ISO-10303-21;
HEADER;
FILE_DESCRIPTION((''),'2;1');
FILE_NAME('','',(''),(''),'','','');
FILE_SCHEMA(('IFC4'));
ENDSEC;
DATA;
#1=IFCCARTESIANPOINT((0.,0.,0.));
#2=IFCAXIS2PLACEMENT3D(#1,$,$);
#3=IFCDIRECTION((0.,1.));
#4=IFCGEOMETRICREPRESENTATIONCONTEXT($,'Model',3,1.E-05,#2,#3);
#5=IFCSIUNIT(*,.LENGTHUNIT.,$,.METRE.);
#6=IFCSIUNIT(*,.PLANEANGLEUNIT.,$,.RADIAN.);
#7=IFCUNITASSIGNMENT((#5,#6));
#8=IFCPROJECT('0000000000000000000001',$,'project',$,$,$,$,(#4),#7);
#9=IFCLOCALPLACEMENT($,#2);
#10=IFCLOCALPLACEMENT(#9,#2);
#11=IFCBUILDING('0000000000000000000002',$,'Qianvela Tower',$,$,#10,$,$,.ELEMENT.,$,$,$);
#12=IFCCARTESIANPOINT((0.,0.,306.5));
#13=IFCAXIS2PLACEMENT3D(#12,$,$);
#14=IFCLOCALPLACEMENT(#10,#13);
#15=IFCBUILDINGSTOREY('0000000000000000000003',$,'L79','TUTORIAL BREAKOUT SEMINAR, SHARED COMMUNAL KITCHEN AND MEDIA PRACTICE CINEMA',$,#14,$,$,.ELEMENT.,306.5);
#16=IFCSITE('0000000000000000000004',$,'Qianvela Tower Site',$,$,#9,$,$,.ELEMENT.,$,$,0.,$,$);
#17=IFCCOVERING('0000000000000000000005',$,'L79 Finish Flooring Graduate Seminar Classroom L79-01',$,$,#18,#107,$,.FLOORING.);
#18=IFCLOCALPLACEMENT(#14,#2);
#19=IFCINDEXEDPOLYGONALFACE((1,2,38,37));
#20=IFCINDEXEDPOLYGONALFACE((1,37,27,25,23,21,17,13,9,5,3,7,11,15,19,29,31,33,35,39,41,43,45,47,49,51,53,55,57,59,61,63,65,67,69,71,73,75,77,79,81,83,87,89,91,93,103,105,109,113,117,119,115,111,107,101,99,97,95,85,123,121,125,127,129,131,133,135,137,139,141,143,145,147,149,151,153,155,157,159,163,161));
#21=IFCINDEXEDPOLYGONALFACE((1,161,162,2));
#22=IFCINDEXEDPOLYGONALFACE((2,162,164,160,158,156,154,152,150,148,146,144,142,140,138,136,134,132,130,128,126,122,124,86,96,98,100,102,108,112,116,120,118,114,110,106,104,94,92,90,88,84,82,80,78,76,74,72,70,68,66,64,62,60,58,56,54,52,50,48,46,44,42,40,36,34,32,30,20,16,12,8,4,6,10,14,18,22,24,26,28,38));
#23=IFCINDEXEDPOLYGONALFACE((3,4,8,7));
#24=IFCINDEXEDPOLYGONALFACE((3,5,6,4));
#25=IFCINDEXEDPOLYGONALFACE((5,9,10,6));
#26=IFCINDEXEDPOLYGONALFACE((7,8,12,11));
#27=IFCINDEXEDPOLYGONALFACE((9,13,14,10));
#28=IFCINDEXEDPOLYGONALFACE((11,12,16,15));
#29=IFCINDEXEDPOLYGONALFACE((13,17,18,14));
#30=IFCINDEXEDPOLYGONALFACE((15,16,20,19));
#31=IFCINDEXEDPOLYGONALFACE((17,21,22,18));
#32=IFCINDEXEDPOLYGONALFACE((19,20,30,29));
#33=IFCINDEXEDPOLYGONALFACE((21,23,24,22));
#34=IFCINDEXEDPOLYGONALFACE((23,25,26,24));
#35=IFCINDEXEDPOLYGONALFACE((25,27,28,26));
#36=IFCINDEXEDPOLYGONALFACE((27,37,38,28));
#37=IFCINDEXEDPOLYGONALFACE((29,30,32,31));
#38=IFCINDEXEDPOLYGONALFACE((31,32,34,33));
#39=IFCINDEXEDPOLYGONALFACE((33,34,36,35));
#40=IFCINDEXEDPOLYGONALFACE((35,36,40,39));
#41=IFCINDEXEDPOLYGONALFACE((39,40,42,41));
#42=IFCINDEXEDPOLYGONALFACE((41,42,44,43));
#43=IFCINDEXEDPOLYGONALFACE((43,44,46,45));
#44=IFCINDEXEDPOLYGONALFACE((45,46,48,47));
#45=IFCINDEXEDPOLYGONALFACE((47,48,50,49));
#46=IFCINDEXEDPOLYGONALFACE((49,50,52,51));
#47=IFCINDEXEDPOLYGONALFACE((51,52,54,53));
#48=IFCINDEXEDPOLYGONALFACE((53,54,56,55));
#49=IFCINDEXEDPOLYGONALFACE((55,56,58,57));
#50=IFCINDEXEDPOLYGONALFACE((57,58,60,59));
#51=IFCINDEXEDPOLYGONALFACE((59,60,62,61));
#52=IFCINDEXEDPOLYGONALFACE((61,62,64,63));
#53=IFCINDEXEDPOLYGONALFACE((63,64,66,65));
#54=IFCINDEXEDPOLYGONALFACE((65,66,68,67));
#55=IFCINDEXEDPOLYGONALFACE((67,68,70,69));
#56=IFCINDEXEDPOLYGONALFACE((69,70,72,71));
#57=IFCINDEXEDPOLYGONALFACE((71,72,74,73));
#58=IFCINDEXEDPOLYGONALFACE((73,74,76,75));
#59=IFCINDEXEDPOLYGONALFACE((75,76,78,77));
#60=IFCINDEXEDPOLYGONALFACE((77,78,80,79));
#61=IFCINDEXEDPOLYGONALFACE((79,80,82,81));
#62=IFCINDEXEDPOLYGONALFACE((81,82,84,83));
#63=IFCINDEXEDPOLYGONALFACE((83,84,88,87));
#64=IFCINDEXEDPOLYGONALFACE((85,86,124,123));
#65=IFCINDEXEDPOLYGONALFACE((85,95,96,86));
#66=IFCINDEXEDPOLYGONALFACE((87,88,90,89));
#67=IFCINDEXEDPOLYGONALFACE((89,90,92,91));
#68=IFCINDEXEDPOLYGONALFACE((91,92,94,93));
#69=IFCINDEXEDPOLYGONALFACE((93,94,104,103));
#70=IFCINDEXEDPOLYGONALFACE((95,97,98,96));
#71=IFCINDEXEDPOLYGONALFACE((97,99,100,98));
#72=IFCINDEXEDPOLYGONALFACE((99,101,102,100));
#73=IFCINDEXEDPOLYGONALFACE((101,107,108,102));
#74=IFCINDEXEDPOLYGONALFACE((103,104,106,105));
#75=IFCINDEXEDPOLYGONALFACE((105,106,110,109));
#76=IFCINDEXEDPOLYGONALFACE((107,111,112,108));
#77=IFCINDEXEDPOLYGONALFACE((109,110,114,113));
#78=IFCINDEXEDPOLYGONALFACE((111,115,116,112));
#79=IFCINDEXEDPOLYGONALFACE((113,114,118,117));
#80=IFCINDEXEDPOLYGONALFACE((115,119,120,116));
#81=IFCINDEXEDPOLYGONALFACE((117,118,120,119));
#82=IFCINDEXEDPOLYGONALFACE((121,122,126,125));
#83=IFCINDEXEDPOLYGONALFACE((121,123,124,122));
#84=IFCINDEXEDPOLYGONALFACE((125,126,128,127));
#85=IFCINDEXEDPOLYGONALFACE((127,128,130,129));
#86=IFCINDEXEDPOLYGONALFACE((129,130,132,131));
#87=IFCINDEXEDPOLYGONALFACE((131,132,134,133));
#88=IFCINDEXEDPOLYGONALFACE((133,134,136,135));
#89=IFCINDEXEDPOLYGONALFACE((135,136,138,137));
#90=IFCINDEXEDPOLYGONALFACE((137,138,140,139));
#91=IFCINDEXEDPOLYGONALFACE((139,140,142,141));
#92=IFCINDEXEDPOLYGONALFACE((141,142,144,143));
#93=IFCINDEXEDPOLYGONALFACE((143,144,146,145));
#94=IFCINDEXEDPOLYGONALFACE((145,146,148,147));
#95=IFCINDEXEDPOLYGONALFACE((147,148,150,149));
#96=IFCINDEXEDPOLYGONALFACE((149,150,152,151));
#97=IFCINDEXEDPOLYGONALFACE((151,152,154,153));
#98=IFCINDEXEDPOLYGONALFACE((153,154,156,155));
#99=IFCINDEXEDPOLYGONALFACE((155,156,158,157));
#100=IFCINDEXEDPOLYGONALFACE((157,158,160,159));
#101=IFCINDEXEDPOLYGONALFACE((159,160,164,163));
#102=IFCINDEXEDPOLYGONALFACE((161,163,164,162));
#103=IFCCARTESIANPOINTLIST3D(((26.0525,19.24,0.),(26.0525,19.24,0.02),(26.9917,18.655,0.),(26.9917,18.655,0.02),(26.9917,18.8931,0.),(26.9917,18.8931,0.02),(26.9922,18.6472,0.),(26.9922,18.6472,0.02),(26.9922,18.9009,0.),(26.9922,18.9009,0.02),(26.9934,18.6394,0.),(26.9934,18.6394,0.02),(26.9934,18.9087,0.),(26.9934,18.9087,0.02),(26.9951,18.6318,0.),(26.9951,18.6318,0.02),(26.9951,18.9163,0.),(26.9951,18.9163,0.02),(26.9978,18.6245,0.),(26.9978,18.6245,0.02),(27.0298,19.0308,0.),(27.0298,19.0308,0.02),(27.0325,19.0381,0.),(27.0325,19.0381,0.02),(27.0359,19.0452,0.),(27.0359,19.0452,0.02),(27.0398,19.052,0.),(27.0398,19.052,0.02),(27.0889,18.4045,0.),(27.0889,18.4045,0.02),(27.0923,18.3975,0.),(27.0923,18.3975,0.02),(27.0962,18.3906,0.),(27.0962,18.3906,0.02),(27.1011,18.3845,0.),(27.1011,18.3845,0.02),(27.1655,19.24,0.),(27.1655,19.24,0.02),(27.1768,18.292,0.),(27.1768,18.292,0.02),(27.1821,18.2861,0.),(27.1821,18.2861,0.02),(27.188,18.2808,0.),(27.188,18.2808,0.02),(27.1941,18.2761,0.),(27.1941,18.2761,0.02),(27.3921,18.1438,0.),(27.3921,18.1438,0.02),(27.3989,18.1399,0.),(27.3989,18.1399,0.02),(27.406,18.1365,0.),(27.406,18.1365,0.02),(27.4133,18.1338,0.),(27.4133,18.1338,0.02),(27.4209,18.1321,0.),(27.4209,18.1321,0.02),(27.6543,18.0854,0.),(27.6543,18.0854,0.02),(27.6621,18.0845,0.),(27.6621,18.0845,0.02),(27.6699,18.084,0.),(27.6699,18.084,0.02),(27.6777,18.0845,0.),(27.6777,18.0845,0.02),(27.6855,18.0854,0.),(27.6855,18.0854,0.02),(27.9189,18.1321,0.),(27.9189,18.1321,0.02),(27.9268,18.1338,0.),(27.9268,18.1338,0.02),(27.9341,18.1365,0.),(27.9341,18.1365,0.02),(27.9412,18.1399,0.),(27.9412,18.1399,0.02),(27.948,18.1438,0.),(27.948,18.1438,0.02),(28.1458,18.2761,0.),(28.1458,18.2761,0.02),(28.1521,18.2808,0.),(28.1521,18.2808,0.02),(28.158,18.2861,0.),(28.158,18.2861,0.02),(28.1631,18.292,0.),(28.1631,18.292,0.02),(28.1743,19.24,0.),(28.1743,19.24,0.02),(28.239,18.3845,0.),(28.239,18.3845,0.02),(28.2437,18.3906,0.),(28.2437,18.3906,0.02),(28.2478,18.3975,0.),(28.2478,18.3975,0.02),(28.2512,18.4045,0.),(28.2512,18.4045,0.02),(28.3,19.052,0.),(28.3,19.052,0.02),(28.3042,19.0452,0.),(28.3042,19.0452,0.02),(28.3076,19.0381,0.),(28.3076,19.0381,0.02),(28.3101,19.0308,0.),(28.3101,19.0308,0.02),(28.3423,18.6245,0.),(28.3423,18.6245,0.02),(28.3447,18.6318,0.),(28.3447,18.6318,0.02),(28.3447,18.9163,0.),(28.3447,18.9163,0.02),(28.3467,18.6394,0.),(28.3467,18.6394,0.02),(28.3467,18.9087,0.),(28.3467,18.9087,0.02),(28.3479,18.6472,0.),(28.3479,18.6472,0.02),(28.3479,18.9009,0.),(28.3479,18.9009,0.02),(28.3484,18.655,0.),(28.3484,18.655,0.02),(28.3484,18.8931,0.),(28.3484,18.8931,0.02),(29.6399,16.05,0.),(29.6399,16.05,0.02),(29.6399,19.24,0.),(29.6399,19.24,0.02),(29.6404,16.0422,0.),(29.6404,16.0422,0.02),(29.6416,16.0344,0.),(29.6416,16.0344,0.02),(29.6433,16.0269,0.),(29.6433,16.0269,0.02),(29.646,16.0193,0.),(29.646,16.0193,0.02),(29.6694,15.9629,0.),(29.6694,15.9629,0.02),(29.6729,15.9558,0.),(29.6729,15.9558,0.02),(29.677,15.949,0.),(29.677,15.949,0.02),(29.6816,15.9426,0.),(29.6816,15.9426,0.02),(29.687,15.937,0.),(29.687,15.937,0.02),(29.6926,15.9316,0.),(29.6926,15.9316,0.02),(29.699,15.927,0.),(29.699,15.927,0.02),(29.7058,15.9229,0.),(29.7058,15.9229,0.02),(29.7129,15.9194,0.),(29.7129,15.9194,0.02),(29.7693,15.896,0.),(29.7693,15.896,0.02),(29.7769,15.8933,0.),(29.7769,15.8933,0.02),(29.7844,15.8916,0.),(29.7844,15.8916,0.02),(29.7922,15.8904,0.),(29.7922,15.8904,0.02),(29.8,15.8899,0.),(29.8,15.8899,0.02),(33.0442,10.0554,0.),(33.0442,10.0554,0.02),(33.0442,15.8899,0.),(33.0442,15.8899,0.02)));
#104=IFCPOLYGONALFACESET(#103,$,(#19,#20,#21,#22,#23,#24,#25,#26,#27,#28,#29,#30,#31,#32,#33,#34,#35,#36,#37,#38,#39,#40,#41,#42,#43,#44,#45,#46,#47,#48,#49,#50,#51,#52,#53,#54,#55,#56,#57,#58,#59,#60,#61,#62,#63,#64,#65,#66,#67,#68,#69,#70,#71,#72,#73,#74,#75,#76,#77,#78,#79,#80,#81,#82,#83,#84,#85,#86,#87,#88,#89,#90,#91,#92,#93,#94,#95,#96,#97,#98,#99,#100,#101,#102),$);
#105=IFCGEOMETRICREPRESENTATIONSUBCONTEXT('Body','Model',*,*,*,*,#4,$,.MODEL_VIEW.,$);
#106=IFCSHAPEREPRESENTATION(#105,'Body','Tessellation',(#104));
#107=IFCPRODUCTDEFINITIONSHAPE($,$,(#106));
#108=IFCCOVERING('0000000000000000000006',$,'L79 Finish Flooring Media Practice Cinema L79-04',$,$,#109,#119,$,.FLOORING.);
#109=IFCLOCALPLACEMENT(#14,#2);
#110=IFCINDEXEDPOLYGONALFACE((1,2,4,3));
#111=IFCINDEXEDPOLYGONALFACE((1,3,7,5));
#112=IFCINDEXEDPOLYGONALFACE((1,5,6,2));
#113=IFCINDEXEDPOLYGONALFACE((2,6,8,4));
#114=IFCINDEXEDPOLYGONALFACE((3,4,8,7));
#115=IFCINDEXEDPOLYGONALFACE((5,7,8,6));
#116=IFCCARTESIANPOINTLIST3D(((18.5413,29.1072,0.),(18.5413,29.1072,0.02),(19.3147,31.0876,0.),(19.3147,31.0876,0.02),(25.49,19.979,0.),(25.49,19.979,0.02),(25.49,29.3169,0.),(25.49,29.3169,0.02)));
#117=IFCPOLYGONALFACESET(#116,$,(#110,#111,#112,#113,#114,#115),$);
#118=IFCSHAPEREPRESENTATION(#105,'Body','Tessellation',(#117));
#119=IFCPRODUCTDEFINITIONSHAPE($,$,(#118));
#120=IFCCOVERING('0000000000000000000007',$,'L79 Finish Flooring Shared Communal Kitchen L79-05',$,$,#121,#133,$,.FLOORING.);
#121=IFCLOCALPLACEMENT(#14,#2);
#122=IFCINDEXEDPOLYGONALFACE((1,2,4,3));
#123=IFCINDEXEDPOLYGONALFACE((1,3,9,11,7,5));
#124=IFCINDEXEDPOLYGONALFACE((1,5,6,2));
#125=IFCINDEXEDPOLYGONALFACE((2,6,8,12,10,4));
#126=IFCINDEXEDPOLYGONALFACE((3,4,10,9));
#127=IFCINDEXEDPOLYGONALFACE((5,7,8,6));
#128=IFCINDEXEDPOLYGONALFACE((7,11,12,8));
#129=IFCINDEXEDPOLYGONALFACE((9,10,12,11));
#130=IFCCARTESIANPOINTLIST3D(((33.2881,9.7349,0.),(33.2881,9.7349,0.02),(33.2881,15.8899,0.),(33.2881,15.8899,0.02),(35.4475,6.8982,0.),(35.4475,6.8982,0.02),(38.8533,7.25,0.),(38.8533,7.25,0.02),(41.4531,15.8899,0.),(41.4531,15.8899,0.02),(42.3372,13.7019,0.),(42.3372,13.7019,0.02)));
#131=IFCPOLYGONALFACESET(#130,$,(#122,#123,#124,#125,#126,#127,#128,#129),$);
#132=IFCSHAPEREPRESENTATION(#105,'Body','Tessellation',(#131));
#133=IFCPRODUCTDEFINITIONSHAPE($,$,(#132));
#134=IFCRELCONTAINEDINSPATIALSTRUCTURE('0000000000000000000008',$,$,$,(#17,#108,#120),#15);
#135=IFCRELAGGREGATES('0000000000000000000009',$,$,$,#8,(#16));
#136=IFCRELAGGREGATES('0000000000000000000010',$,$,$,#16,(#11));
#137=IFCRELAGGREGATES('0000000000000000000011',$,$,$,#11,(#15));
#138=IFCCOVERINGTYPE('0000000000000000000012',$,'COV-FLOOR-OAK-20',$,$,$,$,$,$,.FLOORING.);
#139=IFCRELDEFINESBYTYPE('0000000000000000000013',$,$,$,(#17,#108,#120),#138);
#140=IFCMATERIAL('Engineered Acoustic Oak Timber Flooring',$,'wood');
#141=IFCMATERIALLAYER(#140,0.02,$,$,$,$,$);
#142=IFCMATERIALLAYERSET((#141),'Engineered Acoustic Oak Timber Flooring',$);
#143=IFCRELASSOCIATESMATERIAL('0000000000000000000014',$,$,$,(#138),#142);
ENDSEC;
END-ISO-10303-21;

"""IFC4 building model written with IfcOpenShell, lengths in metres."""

from ifc_helpers import new_model, si_unit, direction, frame, origin, place, context, subcontext, project, spatial, polyline, outline, extrude, material, layer, layer_set, type_object, element, save


model = new_model("IFC4")

# Units and contexts
model_context = context("Model", 3, precision=1e-05, world=origin(), true_north=direction((0.0, 1.0)))
body_context = subcontext(model_context, "Body", "Model", "MODEL_VIEW")
ifc_project = project(units=[si_unit("LENGTHUNIT", "METRE"), si_unit("PLANEANGLEUNIT", "RADIAN")], contexts=[model_context])

# Site, building, storey
site_placement = place(None, origin())
site = spatial("IfcSite", under=ifc_project, at=site_placement, Name="Qianvela Tower Site", CompositionType="ELEMENT", RefElevation=0.0)
building_placement = place(site_placement, origin())
building = spatial("IfcBuilding", under=site, at=building_placement, Name="Qianvela Tower", CompositionType="ELEMENT")
storey_placement = place(building_placement, frame((0.0, 0.0, 306.5)))
storey = spatial("IfcBuildingStorey", under=building, at=storey_placement, Name="L79", Description="TUTORIAL BREAKOUT SEMINAR, SHARED COMMUNAL KITCHEN AND MEDIA PRACTICE CINEMA", CompositionType="ELEMENT", Elevation=306.5)

# Coverings
ifc_material_1 = material(Name="Engineered Acoustic Oak Timber Flooring", Category="wood")
ifc_layer_1 = layer(ifc_material_1, 0.02)
ifc_layer_set_1 = layer_set([ifc_layer_1], Name="Engineered Acoustic Oak Timber Flooring")
covering_type_1 = type_object("IfcCoveringType", Name="COV-FLOOR-OAK-20", PredefinedType="FLOORING", material=ifc_layer_set_1)
covering_1_placement = place(storey_placement, origin())
element("IfcCovering", 1, at=covering_1_placement, inside=storey, type_object=covering_type_1, Name="L79 Finish Flooring Graduate Seminar Classroom L79-01", PredefinedType="FLOORING", context=body_context, shape_type="SweptSolid", body=[
    extrude(outline(polyline([(27.1655, 19.24), (27.0398, 19.052), (27.0359, 19.0452), (27.0325, 19.0381), (27.0298, 19.0308), (26.9951, 18.9163), (26.9934, 18.9087), (26.9922, 18.9009), (26.9917, 18.8931), (26.9917, 18.655), (26.9922, 18.6472), (26.9934, 18.6394), (26.9951, 18.6318), (26.9978, 18.6245), (27.0889, 18.4045), (27.0923, 18.3975), (27.0962, 18.3906), (27.1011, 18.3845), (27.1768, 18.292), (27.1821, 18.2861), (27.188, 18.2808), (27.1941, 18.2761), (27.3921, 18.1438), (27.3989, 18.1399), (27.406, 18.1365), (27.4133, 18.1338), (27.4209, 18.1321), (27.6543, 18.0854), (27.6621, 18.0845), (27.6699, 18.084), (27.6777, 18.0845), (27.6855, 18.0854), (27.9189, 18.1321), (27.9268, 18.1338), (27.9341, 18.1365), (27.9412, 18.1399), (27.948, 18.1438), (28.1458, 18.2761), (28.1521, 18.2808), (28.158, 18.2861), (28.1631, 18.292), (28.239, 18.3845), (28.2437, 18.3906), (28.2478, 18.3975), (28.2512, 18.4045), (28.3423, 18.6245), (28.3447, 18.6318), (28.3467, 18.6394), (28.3479, 18.6472), (28.3484, 18.655), (28.3484, 18.8931), (28.3479, 18.9009), (28.3467, 18.9087), (28.3447, 18.9163), (28.3101, 19.0308), (28.3076, 19.0381), (28.3042, 19.0452), (28.3, 19.052), (28.1743, 19.24), (29.6399, 19.24), (29.6399, 16.05), (29.6404, 16.0422), (29.6416, 16.0344), (29.6433, 16.0269), (29.646, 16.0193), (29.6694, 15.9629), (29.6729, 15.9558), (29.677, 15.949), (29.6816, 15.9426), (29.687, 15.937), (29.6926, 15.9316), (29.699, 15.927), (29.7058, 15.9229), (29.7129, 15.9194), (29.7693, 15.896), (29.7769, 15.8933), (29.7844, 15.8916), (29.7922, 15.8904), (29.8, 15.8899), (33.0442, 15.8899), (33.0442, 10.0554), (26.0525, 19.24), (27.1655, 19.24)])), origin(), (0.0, 0.0, 1.0), 0.02),
])
covering_2_placement = place(storey_placement, origin())
element("IfcCovering", 2, at=covering_2_placement, inside=storey, type_object=covering_type_1, Name="L79 Finish Flooring Media Practice Cinema L79-04", PredefinedType="FLOORING", context=body_context, shape_type="SweptSolid", body=[
    extrude(outline(polyline([(25.49, 29.3169), (25.49, 19.979), (18.5413, 29.1072), (19.3147, 31.0876), (25.49, 29.3169)])), origin(), (0.0, 0.0, 1.0), 0.02),
])
covering_3_placement = place(storey_placement, origin())
element("IfcCovering", 3, at=covering_3_placement, inside=storey, type_object=covering_type_1, Name="L79 Finish Flooring Shared Communal Kitchen L79-05", PredefinedType="FLOORING", context=body_context, shape_type="SweptSolid", body=[
    extrude(outline(polyline([(42.3372, 13.7019), (38.8533, 7.25), (35.4475, 6.8982), (33.2881, 9.7349), (33.2881, 15.8899), (41.4531, 15.8899), (42.3372, 13.7019)])), origin(), (0.0, 0.0, 1.0), 0.02),
])

save(model, "model.ifc")
